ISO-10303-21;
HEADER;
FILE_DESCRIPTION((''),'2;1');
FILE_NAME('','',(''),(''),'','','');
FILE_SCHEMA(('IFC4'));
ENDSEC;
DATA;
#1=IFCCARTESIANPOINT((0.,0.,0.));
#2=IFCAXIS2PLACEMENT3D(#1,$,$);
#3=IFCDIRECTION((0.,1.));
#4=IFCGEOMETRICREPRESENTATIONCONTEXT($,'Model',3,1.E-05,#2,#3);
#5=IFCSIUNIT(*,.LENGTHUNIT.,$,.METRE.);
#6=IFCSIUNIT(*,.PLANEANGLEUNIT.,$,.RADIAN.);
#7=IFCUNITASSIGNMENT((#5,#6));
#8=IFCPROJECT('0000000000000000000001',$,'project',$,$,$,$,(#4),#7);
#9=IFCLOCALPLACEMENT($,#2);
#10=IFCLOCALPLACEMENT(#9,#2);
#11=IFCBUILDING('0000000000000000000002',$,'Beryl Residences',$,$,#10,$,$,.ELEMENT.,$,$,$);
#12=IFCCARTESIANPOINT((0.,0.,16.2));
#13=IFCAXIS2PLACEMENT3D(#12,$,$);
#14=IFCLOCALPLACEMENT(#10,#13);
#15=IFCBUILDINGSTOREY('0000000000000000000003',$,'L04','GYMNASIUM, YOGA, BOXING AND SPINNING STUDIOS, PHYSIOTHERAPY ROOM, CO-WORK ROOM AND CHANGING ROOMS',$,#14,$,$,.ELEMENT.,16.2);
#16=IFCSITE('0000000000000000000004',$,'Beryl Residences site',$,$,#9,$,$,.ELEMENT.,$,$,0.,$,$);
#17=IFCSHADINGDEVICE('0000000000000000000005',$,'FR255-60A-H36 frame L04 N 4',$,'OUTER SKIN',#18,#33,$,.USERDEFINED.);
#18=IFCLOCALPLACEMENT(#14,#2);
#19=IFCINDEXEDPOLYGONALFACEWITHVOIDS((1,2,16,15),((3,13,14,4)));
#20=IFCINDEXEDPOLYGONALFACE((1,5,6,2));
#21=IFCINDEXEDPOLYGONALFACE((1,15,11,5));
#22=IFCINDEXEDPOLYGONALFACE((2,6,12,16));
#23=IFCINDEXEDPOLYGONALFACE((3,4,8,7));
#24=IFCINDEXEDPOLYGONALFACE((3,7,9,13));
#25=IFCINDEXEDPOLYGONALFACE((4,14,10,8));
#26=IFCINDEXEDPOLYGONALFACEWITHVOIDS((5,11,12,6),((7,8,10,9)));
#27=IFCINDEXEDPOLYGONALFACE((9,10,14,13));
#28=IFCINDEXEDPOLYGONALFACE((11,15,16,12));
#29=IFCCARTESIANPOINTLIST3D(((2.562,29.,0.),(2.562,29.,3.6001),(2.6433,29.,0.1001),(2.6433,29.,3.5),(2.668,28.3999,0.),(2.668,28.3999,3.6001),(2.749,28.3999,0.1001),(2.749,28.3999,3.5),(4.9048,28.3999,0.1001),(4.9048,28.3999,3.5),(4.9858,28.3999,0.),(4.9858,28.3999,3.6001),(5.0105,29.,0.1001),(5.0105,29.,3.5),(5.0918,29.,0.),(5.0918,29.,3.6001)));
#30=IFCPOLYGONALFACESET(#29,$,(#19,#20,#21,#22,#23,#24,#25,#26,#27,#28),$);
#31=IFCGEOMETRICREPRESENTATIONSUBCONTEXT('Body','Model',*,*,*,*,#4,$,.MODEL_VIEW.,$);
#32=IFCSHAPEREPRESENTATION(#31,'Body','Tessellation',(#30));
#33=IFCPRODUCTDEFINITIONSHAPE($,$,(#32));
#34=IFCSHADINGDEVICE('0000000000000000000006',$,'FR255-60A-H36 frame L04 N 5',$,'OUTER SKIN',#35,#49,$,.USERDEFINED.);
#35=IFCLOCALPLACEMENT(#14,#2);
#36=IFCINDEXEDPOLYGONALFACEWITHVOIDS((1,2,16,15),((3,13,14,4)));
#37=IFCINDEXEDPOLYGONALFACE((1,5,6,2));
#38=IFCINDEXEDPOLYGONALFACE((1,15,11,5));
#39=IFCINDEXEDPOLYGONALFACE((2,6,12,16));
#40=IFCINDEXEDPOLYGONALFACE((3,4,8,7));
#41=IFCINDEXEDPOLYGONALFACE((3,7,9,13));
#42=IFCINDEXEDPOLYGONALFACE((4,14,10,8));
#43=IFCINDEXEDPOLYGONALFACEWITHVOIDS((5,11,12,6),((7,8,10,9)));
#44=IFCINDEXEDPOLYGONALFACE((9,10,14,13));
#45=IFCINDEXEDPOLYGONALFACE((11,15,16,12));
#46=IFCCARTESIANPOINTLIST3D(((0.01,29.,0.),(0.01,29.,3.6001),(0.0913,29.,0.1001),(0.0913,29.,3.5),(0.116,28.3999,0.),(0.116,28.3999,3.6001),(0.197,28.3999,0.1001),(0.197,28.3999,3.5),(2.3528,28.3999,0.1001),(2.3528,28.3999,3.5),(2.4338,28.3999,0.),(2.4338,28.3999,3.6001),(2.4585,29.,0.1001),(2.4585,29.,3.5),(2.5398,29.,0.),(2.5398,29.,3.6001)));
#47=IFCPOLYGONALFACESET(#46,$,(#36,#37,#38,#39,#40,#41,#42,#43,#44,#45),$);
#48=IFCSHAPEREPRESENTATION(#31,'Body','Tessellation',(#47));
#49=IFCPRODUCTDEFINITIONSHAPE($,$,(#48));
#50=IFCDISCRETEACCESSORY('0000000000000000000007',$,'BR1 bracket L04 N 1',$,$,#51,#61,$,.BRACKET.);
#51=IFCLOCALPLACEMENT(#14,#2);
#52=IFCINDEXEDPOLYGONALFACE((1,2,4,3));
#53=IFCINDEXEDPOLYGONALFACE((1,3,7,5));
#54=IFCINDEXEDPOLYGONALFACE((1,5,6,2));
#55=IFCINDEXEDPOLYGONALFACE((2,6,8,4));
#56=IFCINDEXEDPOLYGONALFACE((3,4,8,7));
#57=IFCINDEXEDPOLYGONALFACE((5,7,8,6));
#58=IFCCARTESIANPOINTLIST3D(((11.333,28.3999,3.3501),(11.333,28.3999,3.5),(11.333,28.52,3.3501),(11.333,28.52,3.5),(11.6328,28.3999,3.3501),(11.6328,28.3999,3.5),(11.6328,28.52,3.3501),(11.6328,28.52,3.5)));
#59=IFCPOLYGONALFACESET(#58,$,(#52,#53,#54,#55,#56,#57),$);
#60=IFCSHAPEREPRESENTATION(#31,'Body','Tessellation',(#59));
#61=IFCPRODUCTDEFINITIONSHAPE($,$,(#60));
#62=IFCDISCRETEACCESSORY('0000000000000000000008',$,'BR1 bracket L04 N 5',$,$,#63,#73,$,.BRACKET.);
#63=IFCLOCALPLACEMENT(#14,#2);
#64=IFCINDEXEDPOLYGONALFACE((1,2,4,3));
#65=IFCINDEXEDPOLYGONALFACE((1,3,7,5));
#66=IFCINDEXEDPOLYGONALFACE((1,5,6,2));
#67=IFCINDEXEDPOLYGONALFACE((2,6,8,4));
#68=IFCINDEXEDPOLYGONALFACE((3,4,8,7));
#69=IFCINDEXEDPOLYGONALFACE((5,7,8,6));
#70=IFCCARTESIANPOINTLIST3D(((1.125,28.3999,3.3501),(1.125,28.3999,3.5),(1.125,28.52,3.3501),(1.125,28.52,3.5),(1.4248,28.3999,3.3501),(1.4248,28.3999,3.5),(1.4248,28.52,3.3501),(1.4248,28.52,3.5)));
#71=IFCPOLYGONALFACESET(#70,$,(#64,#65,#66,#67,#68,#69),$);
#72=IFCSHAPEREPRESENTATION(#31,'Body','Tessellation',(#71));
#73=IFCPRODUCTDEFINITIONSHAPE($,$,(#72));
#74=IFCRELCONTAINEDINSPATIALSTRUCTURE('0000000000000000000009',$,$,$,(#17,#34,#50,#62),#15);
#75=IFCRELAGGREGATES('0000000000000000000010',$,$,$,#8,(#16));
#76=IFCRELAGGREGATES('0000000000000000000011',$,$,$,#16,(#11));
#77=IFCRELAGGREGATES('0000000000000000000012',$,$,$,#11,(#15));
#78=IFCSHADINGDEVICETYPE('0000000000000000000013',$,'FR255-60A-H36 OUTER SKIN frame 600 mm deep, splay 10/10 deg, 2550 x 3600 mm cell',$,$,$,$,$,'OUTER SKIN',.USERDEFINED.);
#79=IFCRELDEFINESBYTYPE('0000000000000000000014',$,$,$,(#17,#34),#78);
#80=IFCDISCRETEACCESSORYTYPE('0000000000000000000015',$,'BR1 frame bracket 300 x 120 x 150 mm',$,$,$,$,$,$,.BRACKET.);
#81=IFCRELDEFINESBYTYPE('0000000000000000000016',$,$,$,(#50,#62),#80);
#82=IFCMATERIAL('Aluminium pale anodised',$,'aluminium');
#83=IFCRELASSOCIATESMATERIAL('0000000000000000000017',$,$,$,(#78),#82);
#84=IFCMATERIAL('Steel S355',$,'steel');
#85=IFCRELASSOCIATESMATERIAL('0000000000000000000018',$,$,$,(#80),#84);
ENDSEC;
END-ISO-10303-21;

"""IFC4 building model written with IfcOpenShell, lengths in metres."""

from ifc_helpers import new_model, entity, si_unit, direction, frame, origin, place, context, subcontext, project, spatial, polyline, outline, extrude, source, transform, mapped, material, type_object, type_shapes, element, save


model = new_model("IFC4")

# Units and contexts
model_context = context("Model", 3, precision=1e-05, world=origin(), true_north=direction((0.0, 1.0)))
body_context = subcontext(model_context, "Body", "Model", "MODEL_VIEW")
ifc_project = project(units=[si_unit("LENGTHUNIT", "METRE"), si_unit("PLANEANGLEUNIT", "RADIAN")], contexts=[model_context])

# Site, building, storey
site_placement = place(None, origin())
site = spatial("IfcSite", under=ifc_project, at=site_placement, Name="Beryl Residences site", CompositionType="ELEMENT", RefElevation=0.0)
building_placement = place(site_placement, origin())
building = spatial("IfcBuilding", under=site, at=building_placement, Name="Beryl Residences", CompositionType="ELEMENT")
storey_placement = place(building_placement, frame((0.0, 0.0, 16.2)))
storey = spatial("IfcBuildingStorey", under=building, at=storey_placement, Name="L04", Description="GYMNASIUM, YOGA, BOXING AND SPINNING STUDIOS, PHYSIOTHERAPY ROOM, CO-WORK ROOM AND CHANGING ROOMS", CompositionType="ELEMENT", Elevation=16.2)

# Shading devices
ifc_material_1 = material(Name="Aluminium pale anodised", Category="aluminium")
shading_device_type = type_object("IfcShadingDeviceType", Name="FR255-60A-H36 OUTER SKIN frame 600 mm deep, splay 10/10 deg, 2550 x 3600 mm cell", ElementType="OUTER SKIN", PredefinedType="USERDEFINED", material=ifc_material_1)
cartesian_point_1 = entity("IfcCartesianPoint", [-1.1589, 0.0])
cartesian_point_2 = entity("IfcCartesianPoint", [-1.0779, 0.1001])
cartesian_point_3 = entity("IfcCartesianPoint", [-1.2649, 0.0])
cartesian_point_4 = entity("IfcCartesianPoint", [-1.1836, 0.1001])
shared_shape_1 = source(origin(), body_context, "Body", "SweptSolid", [
    entity("IfcExtrudedAreaSolidTapered", entity("IfcArbitraryProfileDefWithVoids", "AREA", None, entity("IfcPolyline", [cartesian_point_1, entity("IfcCartesianPoint", [1.1589, 0.0]), entity("IfcCartesianPoint", [1.1589, 3.6001]), entity("IfcCartesianPoint", [-1.1589, 3.6001]), cartesian_point_1]), [entity("IfcPolyline", [cartesian_point_2, entity("IfcCartesianPoint", [1.0779, 0.1001]), entity("IfcCartesianPoint", [1.0779, 3.5]), entity("IfcCartesianPoint", [-1.0779, 3.5]), cartesian_point_2])]), entity("IfcAxis2Placement3D", entity("IfcCartesianPoint", [0.0, 0.0, 0.0]), entity("IfcDirection", [0.0, 1.0, 0.0]), entity("IfcDirection", [-1.0, 0.0, 0.0])), entity("IfcDirection", [0.0, 0.0, 1.0]), 0.6001, entity("IfcArbitraryProfileDefWithVoids", "AREA", None, entity("IfcPolyline", [cartesian_point_3, entity("IfcCartesianPoint", [1.2649, 0.0]), entity("IfcCartesianPoint", [1.2649, 3.6001]), entity("IfcCartesianPoint", [-1.2649, 3.6001]), cartesian_point_3]), [entity("IfcPolyline", [cartesian_point_4, entity("IfcCartesianPoint", [1.1836, 0.1001]), entity("IfcCartesianPoint", [1.1836, 3.5]), entity("IfcCartesianPoint", [-1.1836, 3.5]), cartesian_point_4])])),
])
type_shapes(shading_device_type, [shared_shape_1])
for number, where, z_axis, x_axis, name in (
    (1, (3.8269, 28.3999, 0.0), (0.0, 0.0, 1.0), (1.0, 0.0, 0.0), "FR255-60A-H36 frame L04 N 4"),
    (2, (1.2749, 28.3999, 0.0), (0.0, 0.0, 1.0), (1.0, 0.0, 0.0), "FR255-60A-H36 frame L04 N 5"),
):
    element("IfcShadingDevice", number, at=place(storey_placement, frame(where, z_axis=z_axis, x_axis=x_axis)), inside=storey, type_object=shading_device_type, Name=name, ObjectType="OUTER SKIN", PredefinedType="USERDEFINED", context=body_context, shape_type="MappedRepresentation", body=[
        mapped(shared_shape_1, transform((0.0, 0.0, 0.0))),
    ])

# Discrete accessories
ifc_material_2 = material(Name="Steel S355", Category="steel")
discrete_accessory_type = type_object("IfcDiscreteAccessoryType", Name="BR1 frame bracket 300 x 120 x 150 mm", PredefinedType="BRACKET", material=ifc_material_2)
shared_shape_2 = source(origin(), body_context, "Body", "SweptSolid", [
    extrude(outline(polyline([(-0.1499, 0.0), (0.1499, 0.0), (0.1499, 0.1201), (-0.1499, 0.1201), (-0.1499, 0.0)])), origin(), (0.0, 0.0, 1.0), 0.1499),
])
type_shapes(discrete_accessory_type, [shared_shape_2])
for number, where, z_axis, x_axis, name in (
    (3, (11.4829, 28.3999, 3.3501), (0.0, 0.0, 1.0), (1.0, 0.0, 0.0), "BR1 bracket L04 N 1"),
    (4, (1.2749, 28.3999, 3.3501), (0.0, 0.0, 1.0), (1.0, 0.0, 0.0), "BR1 bracket L04 N 5"),
):
    element("IfcDiscreteAccessory", number, at=place(storey_placement, frame(where, z_axis=z_axis, x_axis=x_axis)), inside=storey, type_object=discrete_accessory_type, Name=name, PredefinedType="BRACKET", context=body_context, shape_type="MappedRepresentation", body=[
        mapped(shared_shape_2, transform((0.0, 0.0, 0.0))),
    ])

save(model, "model.ifc")
